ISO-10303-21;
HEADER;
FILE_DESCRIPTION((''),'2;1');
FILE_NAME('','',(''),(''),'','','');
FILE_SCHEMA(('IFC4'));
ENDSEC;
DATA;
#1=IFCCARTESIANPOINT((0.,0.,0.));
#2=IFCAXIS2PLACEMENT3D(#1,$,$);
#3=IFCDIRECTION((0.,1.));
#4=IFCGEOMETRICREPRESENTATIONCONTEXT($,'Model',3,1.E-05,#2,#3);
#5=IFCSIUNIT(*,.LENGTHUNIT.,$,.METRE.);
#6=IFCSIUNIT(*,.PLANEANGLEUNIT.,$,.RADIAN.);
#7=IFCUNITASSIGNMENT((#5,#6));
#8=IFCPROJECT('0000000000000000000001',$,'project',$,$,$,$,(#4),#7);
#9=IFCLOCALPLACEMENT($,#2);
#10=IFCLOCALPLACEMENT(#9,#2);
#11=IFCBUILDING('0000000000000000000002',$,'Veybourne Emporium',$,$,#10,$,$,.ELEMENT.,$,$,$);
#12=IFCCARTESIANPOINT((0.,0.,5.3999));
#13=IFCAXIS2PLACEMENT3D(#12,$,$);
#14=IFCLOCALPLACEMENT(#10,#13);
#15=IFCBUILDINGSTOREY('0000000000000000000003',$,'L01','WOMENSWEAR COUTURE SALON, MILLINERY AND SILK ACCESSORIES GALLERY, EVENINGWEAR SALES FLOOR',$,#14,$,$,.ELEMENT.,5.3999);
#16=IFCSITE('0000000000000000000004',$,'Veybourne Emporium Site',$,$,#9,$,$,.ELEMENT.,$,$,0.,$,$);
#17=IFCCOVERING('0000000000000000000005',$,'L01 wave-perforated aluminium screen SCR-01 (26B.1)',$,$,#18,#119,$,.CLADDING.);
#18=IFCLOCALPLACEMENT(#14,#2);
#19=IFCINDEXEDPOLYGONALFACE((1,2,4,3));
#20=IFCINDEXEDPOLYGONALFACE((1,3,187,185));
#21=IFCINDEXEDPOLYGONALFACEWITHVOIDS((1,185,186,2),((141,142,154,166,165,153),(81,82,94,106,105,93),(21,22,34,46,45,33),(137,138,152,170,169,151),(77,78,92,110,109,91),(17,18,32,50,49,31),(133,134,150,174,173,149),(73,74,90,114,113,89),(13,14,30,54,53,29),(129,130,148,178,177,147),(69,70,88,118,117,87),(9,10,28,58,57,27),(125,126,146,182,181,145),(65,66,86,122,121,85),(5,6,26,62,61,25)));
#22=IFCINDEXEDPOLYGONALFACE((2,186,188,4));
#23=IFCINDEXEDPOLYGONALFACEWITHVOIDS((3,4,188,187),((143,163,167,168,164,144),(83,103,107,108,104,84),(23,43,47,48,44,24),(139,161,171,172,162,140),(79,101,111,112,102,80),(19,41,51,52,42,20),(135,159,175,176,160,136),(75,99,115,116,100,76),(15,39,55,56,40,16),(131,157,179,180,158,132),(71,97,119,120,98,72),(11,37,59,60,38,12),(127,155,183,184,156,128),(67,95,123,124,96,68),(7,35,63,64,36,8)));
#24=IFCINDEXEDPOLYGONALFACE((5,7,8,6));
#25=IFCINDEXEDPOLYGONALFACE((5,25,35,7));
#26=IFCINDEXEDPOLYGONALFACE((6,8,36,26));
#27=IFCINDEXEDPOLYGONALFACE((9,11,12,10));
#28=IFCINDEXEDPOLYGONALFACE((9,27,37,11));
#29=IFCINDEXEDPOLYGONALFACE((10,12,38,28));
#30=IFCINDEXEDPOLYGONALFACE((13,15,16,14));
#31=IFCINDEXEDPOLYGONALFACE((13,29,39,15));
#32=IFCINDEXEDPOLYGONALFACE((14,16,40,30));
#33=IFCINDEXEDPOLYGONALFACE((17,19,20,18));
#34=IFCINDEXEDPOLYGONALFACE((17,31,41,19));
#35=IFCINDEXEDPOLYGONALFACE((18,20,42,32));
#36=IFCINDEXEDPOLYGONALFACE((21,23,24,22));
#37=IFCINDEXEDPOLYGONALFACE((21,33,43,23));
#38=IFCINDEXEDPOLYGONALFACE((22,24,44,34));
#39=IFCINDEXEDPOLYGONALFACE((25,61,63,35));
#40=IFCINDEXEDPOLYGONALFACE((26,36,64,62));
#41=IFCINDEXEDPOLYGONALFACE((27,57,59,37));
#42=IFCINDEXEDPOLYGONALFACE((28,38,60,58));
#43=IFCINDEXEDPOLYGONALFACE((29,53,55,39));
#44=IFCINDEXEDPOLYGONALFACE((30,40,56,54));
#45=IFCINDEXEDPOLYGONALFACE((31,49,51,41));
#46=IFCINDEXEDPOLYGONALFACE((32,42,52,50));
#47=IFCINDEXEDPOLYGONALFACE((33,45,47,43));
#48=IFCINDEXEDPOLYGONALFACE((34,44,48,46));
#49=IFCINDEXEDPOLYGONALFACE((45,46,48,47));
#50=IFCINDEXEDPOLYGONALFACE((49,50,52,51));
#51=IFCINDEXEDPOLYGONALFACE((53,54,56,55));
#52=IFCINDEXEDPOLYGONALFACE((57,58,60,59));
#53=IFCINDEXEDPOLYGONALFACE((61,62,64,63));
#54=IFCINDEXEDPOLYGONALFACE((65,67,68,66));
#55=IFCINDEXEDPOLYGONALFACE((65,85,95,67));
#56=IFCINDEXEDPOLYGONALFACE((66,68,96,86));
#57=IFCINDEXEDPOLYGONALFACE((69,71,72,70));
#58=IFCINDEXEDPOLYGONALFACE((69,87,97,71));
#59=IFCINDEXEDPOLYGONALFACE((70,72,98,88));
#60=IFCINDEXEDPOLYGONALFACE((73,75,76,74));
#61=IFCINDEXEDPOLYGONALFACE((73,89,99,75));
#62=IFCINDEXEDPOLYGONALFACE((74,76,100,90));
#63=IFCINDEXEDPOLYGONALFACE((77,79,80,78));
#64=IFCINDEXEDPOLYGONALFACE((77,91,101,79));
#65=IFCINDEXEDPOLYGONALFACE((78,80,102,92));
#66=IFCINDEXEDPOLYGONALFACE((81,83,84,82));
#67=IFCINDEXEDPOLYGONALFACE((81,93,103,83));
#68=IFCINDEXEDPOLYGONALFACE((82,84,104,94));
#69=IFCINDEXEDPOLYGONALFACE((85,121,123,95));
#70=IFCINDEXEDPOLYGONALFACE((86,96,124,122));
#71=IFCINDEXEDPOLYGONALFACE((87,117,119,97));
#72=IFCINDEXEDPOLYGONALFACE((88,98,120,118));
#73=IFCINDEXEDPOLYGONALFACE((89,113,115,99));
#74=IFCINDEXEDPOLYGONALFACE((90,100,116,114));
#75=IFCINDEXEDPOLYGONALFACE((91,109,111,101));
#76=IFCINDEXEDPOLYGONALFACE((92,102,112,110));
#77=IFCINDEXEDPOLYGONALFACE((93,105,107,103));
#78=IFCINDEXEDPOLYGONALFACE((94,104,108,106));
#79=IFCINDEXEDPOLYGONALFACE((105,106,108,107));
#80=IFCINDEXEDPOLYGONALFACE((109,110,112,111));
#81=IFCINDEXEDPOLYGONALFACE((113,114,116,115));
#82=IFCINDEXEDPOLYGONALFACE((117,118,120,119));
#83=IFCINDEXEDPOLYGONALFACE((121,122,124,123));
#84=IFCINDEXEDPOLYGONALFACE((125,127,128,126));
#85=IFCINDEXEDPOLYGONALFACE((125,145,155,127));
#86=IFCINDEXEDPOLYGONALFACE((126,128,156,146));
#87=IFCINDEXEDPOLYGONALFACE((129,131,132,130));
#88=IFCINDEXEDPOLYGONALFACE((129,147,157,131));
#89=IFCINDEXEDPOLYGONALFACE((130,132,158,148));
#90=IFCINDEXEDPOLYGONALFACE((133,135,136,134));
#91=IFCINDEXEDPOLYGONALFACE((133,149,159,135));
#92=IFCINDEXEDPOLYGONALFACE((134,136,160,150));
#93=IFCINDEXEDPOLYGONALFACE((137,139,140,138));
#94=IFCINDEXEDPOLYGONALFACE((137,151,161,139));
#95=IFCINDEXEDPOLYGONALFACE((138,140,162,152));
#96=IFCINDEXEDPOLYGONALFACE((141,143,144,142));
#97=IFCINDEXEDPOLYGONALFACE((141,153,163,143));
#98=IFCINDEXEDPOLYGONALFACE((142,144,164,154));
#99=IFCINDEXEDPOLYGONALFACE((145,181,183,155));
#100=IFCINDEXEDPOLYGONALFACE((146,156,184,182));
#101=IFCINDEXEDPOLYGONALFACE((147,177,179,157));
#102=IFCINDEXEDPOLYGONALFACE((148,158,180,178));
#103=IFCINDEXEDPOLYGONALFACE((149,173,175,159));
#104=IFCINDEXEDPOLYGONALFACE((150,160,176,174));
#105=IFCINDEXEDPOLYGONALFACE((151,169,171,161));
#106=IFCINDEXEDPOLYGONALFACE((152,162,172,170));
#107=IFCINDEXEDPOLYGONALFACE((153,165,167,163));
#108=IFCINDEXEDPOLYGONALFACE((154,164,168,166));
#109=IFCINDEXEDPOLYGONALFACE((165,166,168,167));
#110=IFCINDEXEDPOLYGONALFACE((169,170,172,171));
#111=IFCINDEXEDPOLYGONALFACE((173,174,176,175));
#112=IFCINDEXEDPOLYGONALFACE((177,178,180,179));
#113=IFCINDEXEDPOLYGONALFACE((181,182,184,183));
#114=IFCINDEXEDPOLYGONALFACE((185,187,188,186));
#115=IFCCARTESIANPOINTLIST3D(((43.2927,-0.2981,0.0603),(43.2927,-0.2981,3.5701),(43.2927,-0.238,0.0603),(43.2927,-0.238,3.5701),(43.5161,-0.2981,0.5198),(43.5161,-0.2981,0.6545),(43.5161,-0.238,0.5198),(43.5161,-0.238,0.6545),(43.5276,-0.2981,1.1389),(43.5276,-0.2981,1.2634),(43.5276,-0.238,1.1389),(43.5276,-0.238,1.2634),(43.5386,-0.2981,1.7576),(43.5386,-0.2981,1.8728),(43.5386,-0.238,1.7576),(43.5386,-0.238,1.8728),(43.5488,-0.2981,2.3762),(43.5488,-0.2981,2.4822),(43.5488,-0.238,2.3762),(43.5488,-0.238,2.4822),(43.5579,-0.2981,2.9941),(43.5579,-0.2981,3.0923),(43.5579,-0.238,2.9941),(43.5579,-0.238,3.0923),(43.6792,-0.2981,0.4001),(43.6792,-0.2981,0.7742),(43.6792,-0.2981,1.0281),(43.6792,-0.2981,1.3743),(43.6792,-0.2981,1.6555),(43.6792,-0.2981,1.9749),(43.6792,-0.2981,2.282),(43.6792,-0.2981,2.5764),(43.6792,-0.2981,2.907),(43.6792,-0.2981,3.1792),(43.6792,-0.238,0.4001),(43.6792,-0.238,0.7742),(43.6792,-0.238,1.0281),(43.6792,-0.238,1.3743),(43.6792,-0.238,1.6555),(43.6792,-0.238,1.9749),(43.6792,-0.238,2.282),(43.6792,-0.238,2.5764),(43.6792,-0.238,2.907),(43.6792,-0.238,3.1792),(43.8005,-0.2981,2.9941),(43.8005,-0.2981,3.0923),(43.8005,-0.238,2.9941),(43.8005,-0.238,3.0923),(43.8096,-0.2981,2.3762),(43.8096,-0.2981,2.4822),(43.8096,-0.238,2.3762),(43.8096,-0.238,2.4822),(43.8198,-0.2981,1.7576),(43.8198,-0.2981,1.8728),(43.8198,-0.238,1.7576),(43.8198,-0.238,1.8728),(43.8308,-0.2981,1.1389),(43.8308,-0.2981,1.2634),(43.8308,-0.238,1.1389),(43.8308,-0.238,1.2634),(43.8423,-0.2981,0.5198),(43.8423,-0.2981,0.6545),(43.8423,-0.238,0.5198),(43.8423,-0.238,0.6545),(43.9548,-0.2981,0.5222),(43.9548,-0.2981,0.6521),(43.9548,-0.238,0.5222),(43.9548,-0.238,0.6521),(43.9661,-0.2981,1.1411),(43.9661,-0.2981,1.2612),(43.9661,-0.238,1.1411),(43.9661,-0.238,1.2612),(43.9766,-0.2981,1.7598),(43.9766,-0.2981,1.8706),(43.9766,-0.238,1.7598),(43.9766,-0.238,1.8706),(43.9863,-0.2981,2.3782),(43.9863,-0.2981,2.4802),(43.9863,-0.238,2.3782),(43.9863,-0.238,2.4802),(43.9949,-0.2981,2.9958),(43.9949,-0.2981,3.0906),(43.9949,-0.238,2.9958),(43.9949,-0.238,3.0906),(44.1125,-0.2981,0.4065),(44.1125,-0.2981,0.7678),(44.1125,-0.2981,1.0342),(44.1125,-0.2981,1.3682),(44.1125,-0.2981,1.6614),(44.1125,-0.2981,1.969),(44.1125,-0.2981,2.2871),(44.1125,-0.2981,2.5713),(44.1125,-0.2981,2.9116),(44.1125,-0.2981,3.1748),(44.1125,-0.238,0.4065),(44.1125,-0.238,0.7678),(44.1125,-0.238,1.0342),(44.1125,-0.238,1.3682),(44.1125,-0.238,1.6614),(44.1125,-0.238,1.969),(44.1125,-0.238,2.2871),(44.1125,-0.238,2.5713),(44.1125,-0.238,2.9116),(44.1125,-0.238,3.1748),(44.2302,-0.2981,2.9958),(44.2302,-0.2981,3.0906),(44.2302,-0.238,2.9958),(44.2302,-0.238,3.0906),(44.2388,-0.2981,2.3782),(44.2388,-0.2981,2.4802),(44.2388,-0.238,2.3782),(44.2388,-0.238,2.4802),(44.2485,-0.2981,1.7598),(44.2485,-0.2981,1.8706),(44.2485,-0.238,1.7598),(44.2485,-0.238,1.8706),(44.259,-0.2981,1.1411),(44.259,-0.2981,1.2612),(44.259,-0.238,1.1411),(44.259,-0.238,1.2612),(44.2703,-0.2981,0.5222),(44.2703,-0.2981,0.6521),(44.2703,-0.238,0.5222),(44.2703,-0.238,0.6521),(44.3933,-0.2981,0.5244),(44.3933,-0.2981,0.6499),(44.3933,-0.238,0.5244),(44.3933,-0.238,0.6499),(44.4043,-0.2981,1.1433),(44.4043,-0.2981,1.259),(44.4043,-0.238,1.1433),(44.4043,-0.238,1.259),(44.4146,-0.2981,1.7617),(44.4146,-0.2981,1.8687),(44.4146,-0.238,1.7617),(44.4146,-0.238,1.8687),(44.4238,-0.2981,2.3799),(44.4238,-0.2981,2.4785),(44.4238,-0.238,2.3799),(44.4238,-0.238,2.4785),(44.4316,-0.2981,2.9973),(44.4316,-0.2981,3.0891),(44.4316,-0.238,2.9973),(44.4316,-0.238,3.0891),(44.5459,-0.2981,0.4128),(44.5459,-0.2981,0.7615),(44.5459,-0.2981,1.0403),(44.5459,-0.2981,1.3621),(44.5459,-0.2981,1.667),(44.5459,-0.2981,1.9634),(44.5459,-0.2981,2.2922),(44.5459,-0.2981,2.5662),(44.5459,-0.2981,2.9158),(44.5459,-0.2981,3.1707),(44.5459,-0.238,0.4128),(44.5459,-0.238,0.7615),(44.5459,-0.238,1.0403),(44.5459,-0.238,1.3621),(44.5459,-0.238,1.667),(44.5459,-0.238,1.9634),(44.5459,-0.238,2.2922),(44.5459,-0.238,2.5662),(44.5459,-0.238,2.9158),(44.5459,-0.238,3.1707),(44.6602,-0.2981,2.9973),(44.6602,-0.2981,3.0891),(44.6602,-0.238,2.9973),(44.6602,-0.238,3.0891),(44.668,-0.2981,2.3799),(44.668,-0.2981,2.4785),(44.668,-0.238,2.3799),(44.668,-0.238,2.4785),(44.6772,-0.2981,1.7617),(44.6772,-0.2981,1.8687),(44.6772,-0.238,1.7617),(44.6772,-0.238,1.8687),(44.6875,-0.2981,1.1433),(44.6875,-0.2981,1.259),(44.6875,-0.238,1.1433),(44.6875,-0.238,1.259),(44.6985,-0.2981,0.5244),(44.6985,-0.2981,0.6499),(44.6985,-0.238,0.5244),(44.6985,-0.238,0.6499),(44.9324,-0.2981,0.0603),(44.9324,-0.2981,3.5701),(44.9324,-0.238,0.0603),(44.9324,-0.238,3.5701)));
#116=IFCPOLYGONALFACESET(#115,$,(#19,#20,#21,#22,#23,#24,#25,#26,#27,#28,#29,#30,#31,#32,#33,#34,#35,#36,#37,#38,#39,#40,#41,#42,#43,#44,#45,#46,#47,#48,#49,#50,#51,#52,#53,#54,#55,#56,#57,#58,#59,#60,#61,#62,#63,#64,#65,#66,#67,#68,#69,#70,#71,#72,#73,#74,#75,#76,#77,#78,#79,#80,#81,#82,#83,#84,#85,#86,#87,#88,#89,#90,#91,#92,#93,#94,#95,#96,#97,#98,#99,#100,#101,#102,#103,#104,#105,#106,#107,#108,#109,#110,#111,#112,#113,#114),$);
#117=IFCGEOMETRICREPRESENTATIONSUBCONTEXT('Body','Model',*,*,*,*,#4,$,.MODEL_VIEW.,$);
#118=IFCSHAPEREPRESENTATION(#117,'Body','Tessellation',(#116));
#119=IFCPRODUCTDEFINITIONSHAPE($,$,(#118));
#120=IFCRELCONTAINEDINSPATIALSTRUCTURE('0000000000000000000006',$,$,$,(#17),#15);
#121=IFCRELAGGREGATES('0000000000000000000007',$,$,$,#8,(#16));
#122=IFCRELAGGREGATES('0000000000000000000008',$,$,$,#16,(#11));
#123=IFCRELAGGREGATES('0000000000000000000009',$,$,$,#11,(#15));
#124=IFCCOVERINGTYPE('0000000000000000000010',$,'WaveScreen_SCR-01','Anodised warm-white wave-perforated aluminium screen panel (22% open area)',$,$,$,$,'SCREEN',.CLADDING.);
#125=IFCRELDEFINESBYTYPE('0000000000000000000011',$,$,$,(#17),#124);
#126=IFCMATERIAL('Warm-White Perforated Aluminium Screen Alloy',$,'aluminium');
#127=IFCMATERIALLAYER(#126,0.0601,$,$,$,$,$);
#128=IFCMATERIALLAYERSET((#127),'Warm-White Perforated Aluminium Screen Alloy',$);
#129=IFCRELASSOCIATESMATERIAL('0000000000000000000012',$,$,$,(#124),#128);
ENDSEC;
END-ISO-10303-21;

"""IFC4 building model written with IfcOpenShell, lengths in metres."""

from ifc_helpers import new_model, si_unit, direction, frame, origin, place, context, subcontext, project, spatial, polyline, outline, extrude, material, layer, layer_set, type_object, element, save


model = new_model("IFC4")

# Units and contexts
model_context = context("Model", 3, precision=1e-05, world=origin(), true_north=direction((0.0, 1.0)))
body_context = subcontext(model_context, "Body", "Model", "MODEL_VIEW")
ifc_project = project(units=[si_unit("LENGTHUNIT", "METRE"), si_unit("PLANEANGLEUNIT", "RADIAN")], contexts=[model_context])

# Site, building, storey
site_placement = place(None, origin())
site = spatial("IfcSite", under=ifc_project, at=site_placement, Name="Veybourne Emporium Site", CompositionType="ELEMENT", RefElevation=0.0)
building_placement = place(site_placement, origin())
building = spatial("IfcBuilding", under=site, at=building_placement, Name="Veybourne Emporium", CompositionType="ELEMENT")
storey_placement = place(building_placement, frame((0.0, 0.0, 5.3999)))
storey = spatial("IfcBuildingStorey", under=building, at=storey_placement, Name="L01", Description="WOMENSWEAR COUTURE SALON, MILLINERY AND SILK ACCESSORIES GALLERY, EVENINGWEAR SALES FLOOR", CompositionType="ELEMENT", Elevation=5.3999)

# Covering
ifc_material_1 = material(Name="Warm-White Perforated Aluminium Screen Alloy", Category="aluminium")
ifc_layer_1 = layer(ifc_material_1, 0.0601)
ifc_layer_set_1 = layer_set([ifc_layer_1], Name="Warm-White Perforated Aluminium Screen Alloy")
covering_type = type_object("IfcCoveringType", Name="WaveScreen_SCR-01", Description="Anodised warm-white wave-perforated aluminium screen panel (22% open area)", ElementType="SCREEN", PredefinedType="CLADDING", material=ifc_layer_set_1)
covering_1_placement = place(storey_placement, frame((44.1125, -0.2981, 1.8152), z_axis=(0.0, 1.0, 0.0), x_axis=(-1.0, 0.0, 0.0)))
element("IfcCovering", 1, at=covering_1_placement, inside=storey, type_object=covering_type, Name="L01 wave-perforated aluminium screen SCR-01 (26B.1)", PredefinedType="CLADDING", context=body_context, shape_type="SweptSolid", body=[
    extrude(outline(polyline([(-0.8198, -1.7549), (0.8198, -1.7549), (0.8198, 1.7549), (-0.8198, 1.7549), (-0.8198, -1.7549)]), holes=[polyline([(-0.4333, -1.0537), (-0.2808, -1.1653), (-0.2808, -1.2908), (-0.4333, -1.4023), (-0.5859, -1.2908), (-0.5859, -1.1653), (-0.4333, -1.0537)]), polyline([(-0.4333, -0.4531), (-0.2917, -0.5562), (-0.2917, -0.6719), (-0.4333, -0.7749), (-0.575, -0.6719), (-0.575, -0.5562), (-0.4333, -0.4531)]), polyline([(-0.4333, 0.1482), (-0.302, 0.0535), (-0.302, -0.0535), (-0.4333, -0.1482), (-0.5647, -0.0535), (-0.5647, 0.0535), (-0.4333, 0.1482)]), polyline([(-0.4333, 0.751), (-0.3113, 0.6633), (-0.3113, 0.5647), (-0.4333, 0.4771), (-0.5554, 0.5647), (-0.5554, 0.6633), (-0.4333, 0.751)]), polyline([(-0.4333, 1.3555), (-0.3191, 1.2739), (-0.3191, 1.1821), (-0.4333, 1.1006), (-0.5476, 1.1821), (-0.5476, 1.2739), (-0.4333, 1.3555)]), polyline([(0.0, -1.0474), (0.1577, -1.1631), (0.1577, -1.293), (0.0, -1.4087), (-0.1577, -1.293), (-0.1577, -1.1631), (0.0, -1.0474)]), polyline([(0.0, -0.447), (0.1465, -0.554), (0.1465, -0.6741), (0.0, -0.781), (-0.1465, -0.6741), (-0.1465, -0.554), (0.0, -0.447)]), polyline([(0.0, 0.1538), (0.136, 0.0554), (0.136, -0.0554), (0.0, -0.1538), (-0.136, -0.0554), (-0.136, 0.0554), (0.0, 0.1538)]), polyline([(0.0, 0.7561), (0.1262, 0.665), (0.1262, 0.563), (0.0, 0.4719), (-0.1262, 0.563), (-0.1262, 0.665), (0.0, 0.7561)]), polyline([(0.0, 1.3596), (0.1177, 1.2754), (0.1177, 1.1807), (0.0, 1.0964), (-0.1177, 1.1807), (-0.1177, 1.2754), (0.0, 1.3596)]), polyline([(0.4333, -1.041), (0.5964, -1.1606), (0.5964, -1.2954), (0.4333, -1.415), (0.2703, -1.2954), (0.2703, -1.1606), (0.4333, -1.041)]), polyline([(0.4333, -0.4409), (0.585, -0.5518), (0.585, -0.6763), (0.4333, -0.7871), (0.2817, -0.6763), (0.2817, -0.5518), (0.4333, -0.4409)]), polyline([(0.4333, 0.1597), (0.574, 0.0576), (0.574, -0.0576), (0.4333, -0.1597), (0.2927, -0.0576), (0.2927, 0.0576), (0.4333, 0.1597)]), polyline([(0.4333, 0.7612), (0.5637, 0.667), (0.5637, 0.561), (0.4333, 0.4668), (0.303, 0.561), (0.303, 0.667), (0.4333, 0.7612)]), polyline([(0.4333, 1.364), (0.5547, 1.2771), (0.5547, 1.179), (0.4333, 1.0918), (0.312, 1.179), (0.312, 1.2771), (0.4333, 1.364)])]), origin(), (0.0, 0.0, 1.0), 0.0601),
])

save(model, "model.ifc")
